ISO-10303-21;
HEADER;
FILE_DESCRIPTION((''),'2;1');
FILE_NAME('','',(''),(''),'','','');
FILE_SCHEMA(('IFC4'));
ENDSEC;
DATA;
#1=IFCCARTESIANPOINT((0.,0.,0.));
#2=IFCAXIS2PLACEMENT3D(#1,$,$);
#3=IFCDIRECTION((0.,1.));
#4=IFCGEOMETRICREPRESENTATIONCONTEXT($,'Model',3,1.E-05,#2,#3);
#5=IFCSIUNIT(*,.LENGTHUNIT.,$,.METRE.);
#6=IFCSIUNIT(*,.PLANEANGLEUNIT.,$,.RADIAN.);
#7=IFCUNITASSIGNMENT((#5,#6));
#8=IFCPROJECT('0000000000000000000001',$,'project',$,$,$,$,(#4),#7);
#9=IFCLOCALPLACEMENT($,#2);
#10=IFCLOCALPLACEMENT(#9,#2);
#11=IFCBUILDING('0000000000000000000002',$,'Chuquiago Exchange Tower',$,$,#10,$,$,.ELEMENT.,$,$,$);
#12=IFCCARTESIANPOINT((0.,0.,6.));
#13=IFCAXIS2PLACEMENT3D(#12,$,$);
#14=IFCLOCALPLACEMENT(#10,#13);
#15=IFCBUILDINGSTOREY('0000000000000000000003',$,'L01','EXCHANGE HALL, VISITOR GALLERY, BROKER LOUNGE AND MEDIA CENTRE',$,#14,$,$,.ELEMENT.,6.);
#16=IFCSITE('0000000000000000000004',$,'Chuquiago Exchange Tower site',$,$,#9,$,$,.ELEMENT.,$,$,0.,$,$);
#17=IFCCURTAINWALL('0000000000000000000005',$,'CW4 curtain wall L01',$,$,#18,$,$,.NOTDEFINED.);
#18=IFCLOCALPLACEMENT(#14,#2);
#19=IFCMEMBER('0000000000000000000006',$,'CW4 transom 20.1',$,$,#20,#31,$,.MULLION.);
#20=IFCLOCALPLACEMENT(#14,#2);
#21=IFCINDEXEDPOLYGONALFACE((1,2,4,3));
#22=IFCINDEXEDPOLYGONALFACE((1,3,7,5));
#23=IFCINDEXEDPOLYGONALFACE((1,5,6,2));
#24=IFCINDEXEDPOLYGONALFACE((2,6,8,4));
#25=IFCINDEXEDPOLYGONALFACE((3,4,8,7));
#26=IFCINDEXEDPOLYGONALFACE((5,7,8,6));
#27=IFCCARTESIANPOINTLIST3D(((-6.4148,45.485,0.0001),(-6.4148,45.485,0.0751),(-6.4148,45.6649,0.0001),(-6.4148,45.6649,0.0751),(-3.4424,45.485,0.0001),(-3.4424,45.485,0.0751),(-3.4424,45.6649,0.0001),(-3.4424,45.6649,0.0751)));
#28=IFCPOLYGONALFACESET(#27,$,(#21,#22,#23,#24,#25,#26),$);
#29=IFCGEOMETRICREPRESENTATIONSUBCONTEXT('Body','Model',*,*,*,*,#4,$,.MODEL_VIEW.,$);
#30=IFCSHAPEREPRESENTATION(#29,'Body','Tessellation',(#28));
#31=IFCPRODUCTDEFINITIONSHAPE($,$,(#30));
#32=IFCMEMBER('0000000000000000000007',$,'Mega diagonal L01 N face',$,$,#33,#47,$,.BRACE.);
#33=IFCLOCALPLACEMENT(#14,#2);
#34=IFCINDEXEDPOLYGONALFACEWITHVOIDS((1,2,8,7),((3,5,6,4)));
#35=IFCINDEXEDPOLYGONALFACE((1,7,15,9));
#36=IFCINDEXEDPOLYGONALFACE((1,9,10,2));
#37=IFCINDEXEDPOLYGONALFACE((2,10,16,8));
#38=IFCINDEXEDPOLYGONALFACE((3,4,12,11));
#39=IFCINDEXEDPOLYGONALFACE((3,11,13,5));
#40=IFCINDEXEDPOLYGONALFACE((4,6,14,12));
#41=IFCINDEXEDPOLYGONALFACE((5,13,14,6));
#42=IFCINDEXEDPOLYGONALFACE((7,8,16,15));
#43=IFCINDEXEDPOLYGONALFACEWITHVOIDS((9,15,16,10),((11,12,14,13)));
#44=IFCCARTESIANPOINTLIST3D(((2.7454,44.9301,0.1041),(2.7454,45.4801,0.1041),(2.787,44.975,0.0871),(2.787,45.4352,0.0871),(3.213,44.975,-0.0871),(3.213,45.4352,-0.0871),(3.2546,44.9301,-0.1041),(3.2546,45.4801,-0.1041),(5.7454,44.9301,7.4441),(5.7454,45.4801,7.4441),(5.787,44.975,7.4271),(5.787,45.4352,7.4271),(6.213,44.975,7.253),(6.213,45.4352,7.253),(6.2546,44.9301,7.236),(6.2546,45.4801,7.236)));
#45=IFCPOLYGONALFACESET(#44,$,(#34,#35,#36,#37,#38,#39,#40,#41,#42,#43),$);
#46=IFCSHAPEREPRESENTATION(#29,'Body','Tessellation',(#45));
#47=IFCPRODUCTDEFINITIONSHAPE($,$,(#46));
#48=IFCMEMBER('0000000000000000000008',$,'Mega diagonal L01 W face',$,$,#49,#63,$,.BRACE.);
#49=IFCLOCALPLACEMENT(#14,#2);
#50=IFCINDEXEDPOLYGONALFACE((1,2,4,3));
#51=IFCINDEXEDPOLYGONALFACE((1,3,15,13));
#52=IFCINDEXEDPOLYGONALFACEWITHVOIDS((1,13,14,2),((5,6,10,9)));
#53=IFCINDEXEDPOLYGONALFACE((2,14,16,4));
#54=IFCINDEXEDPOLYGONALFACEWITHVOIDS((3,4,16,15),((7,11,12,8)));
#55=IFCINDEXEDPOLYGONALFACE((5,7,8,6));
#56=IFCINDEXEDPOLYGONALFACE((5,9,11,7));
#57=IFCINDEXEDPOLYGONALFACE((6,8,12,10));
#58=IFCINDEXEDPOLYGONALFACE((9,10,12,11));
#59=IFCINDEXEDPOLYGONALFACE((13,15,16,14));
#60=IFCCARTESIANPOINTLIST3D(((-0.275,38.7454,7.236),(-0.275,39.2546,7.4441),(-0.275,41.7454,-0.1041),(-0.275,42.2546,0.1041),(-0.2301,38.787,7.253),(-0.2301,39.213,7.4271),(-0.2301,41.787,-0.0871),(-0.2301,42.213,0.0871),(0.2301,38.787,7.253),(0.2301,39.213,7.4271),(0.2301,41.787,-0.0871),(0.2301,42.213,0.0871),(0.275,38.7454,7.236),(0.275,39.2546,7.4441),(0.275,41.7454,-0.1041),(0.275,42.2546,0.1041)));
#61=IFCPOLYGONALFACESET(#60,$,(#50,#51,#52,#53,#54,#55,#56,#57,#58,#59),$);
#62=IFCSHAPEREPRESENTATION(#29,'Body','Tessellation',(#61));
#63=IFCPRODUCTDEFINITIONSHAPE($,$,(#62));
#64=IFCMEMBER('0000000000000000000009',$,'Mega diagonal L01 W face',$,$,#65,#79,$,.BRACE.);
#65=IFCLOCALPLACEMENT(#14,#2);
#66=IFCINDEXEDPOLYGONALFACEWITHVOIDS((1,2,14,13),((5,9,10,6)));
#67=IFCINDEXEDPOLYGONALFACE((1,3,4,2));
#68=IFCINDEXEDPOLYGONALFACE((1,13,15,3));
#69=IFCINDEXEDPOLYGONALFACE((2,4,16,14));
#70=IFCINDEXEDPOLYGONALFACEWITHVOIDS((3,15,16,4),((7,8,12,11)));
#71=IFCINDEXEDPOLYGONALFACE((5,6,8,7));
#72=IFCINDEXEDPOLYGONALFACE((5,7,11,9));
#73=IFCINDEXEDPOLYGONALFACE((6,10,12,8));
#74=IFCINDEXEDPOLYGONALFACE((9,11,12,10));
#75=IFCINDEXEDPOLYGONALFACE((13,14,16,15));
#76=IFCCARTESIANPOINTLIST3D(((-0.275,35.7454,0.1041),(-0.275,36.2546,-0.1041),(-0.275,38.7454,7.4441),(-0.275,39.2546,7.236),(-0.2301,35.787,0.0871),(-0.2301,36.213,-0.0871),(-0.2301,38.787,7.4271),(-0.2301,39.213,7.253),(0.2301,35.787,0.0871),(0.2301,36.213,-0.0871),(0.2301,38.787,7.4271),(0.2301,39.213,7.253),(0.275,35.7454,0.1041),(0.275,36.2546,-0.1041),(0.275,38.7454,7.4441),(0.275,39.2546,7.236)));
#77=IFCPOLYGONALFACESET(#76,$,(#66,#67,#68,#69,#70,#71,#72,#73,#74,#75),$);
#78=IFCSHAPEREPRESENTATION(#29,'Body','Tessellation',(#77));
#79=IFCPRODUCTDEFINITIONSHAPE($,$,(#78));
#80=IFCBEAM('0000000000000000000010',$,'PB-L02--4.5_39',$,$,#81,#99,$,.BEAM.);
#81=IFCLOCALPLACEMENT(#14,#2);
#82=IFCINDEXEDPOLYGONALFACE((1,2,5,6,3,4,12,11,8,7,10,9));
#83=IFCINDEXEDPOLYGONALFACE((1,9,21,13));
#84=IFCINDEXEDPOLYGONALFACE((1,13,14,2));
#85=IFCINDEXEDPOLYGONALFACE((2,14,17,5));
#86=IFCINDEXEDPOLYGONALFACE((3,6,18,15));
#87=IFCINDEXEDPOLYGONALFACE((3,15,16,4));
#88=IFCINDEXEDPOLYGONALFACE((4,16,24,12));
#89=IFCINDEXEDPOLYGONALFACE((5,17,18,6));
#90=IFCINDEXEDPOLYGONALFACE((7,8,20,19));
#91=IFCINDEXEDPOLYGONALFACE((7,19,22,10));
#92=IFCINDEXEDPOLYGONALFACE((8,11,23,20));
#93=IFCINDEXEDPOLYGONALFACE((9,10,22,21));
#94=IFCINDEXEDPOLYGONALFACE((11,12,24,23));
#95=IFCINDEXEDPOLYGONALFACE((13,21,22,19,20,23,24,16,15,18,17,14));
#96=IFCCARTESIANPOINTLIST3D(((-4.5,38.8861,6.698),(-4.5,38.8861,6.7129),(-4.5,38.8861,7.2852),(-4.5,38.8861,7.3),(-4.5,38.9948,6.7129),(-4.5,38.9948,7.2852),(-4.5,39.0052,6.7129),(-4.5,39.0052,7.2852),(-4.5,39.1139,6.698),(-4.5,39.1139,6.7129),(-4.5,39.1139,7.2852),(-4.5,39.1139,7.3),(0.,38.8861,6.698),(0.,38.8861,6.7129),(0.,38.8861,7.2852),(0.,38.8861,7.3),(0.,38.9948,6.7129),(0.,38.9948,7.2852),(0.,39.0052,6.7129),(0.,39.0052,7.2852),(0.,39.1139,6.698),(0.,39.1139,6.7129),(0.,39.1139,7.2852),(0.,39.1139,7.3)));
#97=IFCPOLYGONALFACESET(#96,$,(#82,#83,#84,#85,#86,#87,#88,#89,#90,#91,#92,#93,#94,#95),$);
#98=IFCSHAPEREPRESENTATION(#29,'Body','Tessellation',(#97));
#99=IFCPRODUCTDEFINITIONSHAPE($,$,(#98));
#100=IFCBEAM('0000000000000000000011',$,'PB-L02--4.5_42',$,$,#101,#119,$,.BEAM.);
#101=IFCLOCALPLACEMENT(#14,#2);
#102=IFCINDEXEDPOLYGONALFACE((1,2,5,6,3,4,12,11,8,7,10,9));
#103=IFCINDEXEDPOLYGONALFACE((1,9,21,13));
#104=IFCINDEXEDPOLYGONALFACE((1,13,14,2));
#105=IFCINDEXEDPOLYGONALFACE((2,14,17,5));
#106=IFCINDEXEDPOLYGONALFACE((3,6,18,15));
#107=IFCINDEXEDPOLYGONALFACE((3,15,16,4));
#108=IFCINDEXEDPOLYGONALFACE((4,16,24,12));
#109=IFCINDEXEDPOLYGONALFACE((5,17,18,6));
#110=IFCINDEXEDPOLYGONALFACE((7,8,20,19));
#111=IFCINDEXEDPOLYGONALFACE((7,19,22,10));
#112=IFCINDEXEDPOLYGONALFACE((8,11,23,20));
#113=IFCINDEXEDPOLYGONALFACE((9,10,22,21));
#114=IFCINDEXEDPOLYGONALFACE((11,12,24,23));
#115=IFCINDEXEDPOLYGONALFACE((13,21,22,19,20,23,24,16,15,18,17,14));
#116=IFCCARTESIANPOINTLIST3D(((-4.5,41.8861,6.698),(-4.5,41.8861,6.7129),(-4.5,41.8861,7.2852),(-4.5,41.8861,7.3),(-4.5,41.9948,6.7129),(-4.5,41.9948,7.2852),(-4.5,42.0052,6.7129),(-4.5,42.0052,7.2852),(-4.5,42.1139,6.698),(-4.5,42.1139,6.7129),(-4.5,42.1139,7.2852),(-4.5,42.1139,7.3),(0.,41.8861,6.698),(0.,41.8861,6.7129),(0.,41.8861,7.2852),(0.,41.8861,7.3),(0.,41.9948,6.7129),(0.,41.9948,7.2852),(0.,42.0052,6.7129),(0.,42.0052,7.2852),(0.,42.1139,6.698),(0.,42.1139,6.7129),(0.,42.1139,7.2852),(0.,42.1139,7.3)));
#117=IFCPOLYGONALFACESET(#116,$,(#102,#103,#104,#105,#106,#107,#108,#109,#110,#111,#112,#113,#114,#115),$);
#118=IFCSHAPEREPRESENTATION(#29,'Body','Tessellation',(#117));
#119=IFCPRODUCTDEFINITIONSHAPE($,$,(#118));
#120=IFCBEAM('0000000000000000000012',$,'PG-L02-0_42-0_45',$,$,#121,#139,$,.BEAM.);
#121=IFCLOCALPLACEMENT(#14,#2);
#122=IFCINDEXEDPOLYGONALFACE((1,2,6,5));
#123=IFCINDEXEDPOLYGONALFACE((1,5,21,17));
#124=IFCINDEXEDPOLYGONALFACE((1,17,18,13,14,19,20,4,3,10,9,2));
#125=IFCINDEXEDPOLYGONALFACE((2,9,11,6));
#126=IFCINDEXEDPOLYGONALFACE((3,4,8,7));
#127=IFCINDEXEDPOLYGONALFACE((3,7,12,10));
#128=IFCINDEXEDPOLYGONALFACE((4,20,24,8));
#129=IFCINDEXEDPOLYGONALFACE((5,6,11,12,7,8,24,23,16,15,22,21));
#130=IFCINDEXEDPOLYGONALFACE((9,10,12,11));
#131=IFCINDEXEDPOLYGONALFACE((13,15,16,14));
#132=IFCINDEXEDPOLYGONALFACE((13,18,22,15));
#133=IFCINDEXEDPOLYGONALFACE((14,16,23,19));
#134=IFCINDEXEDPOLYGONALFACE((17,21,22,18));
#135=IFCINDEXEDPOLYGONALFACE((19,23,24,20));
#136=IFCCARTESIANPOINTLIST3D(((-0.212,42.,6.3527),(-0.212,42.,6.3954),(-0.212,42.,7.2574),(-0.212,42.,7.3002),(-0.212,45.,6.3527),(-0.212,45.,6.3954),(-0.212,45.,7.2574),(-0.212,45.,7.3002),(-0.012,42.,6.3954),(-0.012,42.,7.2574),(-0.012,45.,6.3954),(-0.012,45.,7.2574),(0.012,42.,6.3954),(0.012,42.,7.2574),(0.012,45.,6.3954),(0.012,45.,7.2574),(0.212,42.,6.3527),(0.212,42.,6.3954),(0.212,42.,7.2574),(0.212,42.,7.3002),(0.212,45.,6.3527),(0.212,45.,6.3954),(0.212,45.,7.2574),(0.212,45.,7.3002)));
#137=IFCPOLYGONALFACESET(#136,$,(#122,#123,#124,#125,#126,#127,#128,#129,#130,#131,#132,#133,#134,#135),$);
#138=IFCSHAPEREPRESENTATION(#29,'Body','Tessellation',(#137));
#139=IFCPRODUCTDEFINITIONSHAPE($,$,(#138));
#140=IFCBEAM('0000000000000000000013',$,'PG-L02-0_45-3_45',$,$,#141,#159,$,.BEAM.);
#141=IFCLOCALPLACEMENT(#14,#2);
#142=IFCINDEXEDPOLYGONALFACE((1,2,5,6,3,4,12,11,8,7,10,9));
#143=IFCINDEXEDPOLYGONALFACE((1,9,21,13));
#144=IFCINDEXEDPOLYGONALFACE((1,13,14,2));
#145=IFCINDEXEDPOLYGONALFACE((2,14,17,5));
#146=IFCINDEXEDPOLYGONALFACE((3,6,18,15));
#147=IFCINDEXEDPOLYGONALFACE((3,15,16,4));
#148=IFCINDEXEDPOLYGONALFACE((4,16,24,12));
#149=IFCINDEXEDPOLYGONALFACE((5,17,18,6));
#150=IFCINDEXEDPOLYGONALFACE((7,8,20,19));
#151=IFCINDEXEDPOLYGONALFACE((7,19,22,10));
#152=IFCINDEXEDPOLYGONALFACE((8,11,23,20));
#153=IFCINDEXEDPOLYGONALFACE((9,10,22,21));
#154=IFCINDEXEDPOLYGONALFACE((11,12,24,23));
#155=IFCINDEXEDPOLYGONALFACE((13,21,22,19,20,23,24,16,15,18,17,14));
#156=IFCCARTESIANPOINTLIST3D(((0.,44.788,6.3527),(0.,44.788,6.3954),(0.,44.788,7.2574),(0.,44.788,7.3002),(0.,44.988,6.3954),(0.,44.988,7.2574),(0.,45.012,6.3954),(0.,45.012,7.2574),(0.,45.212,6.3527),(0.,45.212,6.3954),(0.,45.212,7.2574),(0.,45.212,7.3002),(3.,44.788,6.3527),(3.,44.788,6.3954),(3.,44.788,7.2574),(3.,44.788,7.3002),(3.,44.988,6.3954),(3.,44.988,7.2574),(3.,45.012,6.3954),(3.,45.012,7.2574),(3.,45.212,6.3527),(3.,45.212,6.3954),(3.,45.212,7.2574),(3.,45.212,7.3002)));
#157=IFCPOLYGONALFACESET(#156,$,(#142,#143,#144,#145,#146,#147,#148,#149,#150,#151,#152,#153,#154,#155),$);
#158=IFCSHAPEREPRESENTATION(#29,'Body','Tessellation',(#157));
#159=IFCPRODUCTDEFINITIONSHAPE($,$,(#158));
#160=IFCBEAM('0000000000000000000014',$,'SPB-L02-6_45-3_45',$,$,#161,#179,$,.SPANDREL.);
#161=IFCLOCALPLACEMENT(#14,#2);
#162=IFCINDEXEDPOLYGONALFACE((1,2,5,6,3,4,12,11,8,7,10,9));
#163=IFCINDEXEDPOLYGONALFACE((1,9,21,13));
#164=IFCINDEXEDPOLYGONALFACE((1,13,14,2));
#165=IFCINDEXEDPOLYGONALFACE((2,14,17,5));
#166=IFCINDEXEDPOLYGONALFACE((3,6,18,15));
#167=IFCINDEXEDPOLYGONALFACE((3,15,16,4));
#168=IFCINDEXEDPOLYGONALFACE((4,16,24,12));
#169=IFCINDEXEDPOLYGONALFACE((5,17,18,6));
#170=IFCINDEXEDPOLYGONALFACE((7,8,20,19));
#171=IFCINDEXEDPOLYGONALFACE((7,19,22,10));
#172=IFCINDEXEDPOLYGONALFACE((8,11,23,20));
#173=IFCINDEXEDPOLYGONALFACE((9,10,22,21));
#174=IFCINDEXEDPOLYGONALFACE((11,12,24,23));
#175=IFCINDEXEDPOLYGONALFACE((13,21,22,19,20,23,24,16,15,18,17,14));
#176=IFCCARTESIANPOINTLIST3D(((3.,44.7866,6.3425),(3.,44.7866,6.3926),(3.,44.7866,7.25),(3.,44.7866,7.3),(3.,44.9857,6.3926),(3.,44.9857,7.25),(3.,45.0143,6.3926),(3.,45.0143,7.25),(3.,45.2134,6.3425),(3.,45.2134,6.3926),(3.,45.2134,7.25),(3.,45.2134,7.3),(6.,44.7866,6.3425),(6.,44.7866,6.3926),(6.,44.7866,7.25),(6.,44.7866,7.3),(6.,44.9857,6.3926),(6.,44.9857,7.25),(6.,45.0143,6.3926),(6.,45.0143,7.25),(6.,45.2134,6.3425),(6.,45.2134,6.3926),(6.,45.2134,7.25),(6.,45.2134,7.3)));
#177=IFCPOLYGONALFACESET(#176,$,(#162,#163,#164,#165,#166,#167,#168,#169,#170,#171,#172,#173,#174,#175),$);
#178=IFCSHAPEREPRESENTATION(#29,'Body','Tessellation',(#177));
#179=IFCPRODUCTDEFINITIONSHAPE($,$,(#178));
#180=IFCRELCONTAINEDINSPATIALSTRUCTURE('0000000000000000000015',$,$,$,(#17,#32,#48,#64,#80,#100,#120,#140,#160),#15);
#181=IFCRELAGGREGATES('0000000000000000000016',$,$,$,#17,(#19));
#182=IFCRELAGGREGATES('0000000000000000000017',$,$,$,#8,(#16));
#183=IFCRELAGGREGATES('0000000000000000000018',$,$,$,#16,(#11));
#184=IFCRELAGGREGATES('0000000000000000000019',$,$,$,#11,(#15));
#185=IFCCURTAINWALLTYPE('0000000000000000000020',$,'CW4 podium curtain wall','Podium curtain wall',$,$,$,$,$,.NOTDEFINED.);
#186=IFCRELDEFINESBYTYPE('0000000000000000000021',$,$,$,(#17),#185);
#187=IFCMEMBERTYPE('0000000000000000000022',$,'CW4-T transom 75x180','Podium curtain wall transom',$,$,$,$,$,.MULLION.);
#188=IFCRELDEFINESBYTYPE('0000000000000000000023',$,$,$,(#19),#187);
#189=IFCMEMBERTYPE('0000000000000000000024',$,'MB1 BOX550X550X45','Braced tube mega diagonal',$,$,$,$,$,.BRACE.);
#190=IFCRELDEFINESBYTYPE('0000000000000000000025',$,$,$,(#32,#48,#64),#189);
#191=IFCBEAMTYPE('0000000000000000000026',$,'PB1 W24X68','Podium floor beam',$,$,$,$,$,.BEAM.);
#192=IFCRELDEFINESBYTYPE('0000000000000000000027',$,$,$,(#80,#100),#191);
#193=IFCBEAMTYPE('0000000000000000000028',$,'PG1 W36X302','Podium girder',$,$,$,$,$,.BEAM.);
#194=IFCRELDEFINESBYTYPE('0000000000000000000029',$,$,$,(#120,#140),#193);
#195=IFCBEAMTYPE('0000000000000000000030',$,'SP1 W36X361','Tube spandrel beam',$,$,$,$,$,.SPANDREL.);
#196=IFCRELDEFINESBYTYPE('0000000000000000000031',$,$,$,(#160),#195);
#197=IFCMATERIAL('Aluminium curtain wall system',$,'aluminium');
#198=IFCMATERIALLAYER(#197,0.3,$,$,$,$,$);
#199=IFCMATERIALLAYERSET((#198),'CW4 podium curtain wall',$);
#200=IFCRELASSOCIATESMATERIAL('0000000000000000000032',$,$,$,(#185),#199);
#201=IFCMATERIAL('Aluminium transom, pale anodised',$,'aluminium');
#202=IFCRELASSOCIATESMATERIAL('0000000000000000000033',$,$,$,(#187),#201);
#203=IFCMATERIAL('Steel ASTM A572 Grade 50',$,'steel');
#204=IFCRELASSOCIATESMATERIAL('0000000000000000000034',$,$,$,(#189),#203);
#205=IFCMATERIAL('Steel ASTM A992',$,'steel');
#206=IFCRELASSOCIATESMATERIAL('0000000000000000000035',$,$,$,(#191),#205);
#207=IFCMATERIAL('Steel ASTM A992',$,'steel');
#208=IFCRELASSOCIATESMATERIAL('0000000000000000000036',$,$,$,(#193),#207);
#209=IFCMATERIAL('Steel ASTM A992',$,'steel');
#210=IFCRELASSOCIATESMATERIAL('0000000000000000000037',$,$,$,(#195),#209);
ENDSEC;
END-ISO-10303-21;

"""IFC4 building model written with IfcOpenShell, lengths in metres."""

from ifc_helpers import new_model, si_unit, direction, frame, origin, origin_2d, place, context, subcontext, project, spatial, rectangle, hollow_rectangle, i_section, extrude, material, layer, layer_set, material_profile, profile_set, type_object, element, aggregate, save


model = new_model("IFC4")

# Units and contexts
model_context = context("Model", 3, precision=1e-05, world=origin(), true_north=direction((0.0, 1.0)))
body_context = subcontext(model_context, "Body", "Model", "MODEL_VIEW")
ifc_project = project(units=[si_unit("LENGTHUNIT", "METRE"), si_unit("PLANEANGLEUNIT", "RADIAN")], contexts=[model_context])

# Site, building, storey
site_placement = place(None, origin())
site = spatial("IfcSite", under=ifc_project, at=site_placement, Name="Chuquiago Exchange Tower site", CompositionType="ELEMENT", RefElevation=0.0)
building_placement = place(site_placement, origin())
building = spatial("IfcBuilding", under=site, at=building_placement, Name="Chuquiago Exchange Tower", CompositionType="ELEMENT")
storey_placement = place(building_placement, frame((0.0, 0.0, 6.0)))
storey = spatial("IfcBuildingStorey", under=building, at=storey_placement, Name="L01", Description="EXCHANGE HALL, VISITOR GALLERY, BROKER LOUNGE AND MEDIA CENTRE", CompositionType="ELEMENT", Elevation=6.0)

# Curtain wall, member
ifc_material_1 = material(Name="Aluminium curtain wall system", Category="aluminium")
ifc_layer_1 = layer(ifc_material_1, 0.3)
ifc_layer_set_1 = layer_set([ifc_layer_1], Name="CW4 podium curtain wall")
curtain_wall_type = type_object("IfcCurtainWallType", Name="CW4 podium curtain wall", Description="Podium curtain wall", PredefinedType="NOTDEFINED", material=ifc_layer_set_1)
curtain_wall_placement = place(storey_placement, origin())
curtain_wall = element("IfcCurtainWall", 1, at=curtain_wall_placement, inside=storey, type_object=curtain_wall_type, Name="CW4 curtain wall L01", PredefinedType="NOTDEFINED")
ifc_material_2 = material(Name="Aluminium transom, pale anodised", Category="aluminium")
ifc_material_profile_1 = material_profile(ifc_material_2, rectangle(XDim=0.1799, YDim=0.075, at=origin_2d()), Name="AL 180x75")
ifc_profile_set_1 = profile_set([ifc_material_profile_1], Name="Aluminium transom, pale anodised")
member_type_1 = type_object("IfcMemberType", Name="CW4-T transom 75x180", Description="Podium curtain wall transom", PredefinedType="MULLION", material=ifc_profile_set_1)
member_1_placement = place(storey_placement, frame((-3.4424, 45.575, 0.0376), z_axis=(-1.0, 0.0, 0.0), x_axis=(0.0, -1.0, 0.0)))
member_1 = element("IfcMember", 2, at=member_1_placement, type_object=member_type_1, Name="CW4 transom 20.1", PredefinedType="MULLION", context=body_context, shape_type="SweptSolid", body=[
    extrude(rectangle(XDim=0.1799, YDim=0.075, at=origin_2d()), origin(), (0.0, 0.0, 1.0), 2.9724),
])

# Members
ifc_material_3 = material(Name="Steel ASTM A572 Grade 50", Category="steel")
ifc_material_profile_2 = material_profile(ifc_material_3, hollow_rectangle(XDim=0.55, YDim=0.55, WallThickness=0.0449, at=origin_2d()), Name="BOX550X550X45")
ifc_profile_set_2 = profile_set([ifc_material_profile_2], Name="Steel ASTM A572 Grade 50")
member_type_2 = type_object("IfcMemberType", Name="MB1 BOX550X550X45", Description="Braced tube mega diagonal", PredefinedType="BRACE", material=ifc_profile_set_2)
for number, where, z_axis, x_axis, name in (
    (3, (3.0, 45.2051, 0.0), (0.378334, 0.0, 0.925669), (0.0, 1.0, 0.0), "Mega diagonal L01 N face"),
    (4, (0.0, 42.0, 0.0), (0.0, -0.378334, 0.925669), (1.0, 0.0, 0.0), "Mega diagonal L01 W face"),
    (5, (0.0, 36.0, 0.0), (0.0, 0.378334, 0.925669), (-1.0, 0.0, 0.0), "Mega diagonal L01 W face"),
):
    element("IfcMember", number, at=place(storey_placement, frame(where, z_axis=z_axis, x_axis=x_axis)), inside=storey, type_object=member_type_2, Name=name, PredefinedType="BRACE", context=body_context, shape_type="SweptSolid", body=[
        extrude(hollow_rectangle(XDim=0.55, YDim=0.55, WallThickness=0.0449, at=origin_2d()), origin(), (0.0, 0.0, 1.0), 7.9294),
    ])

# Beams
ifc_material_4 = material(Name="Steel ASTM A992", Category="steel")
ifc_material_profile_3 = material_profile(ifc_material_4, i_section(OverallWidth=0.2278, OverallDepth=0.6021, WebThickness=0.0105, FlangeThickness=0.0149, at=origin_2d()), Name="W24X68")
ifc_profile_set_3 = profile_set([ifc_material_profile_3], Name="Steel ASTM A992")
beam_type_1 = type_object("IfcBeamType", Name="PB1 W24X68", Description="Podium floor beam", PredefinedType="BEAM", material=ifc_profile_set_3)
for number, where, z_axis, x_axis, name in (
    (6, (-4.5, 39.0, 6.999), (1.0, 0.0, 0.0), (0.0, 1.0, 0.0), "PB-L02--4.5_39"),
    (7, (-4.5, 42.0, 6.999), (1.0, 0.0, 0.0), (0.0, 1.0, 0.0), "PB-L02--4.5_42"),
):
    element("IfcBeam", number, at=place(storey_placement, frame(where, z_axis=z_axis, x_axis=x_axis)), inside=storey, type_object=beam_type_1, Name=name, PredefinedType="BEAM", context=body_context, shape_type="SweptSolid", body=[
        extrude(i_section(OverallWidth=0.2278, OverallDepth=0.6021, WebThickness=0.0105, FlangeThickness=0.0149, at=origin_2d()), origin(), (0.0, 0.0, 1.0), 4.5),
    ])
ifc_material_5 = material(Name="Steel ASTM A992", Category="steel")
ifc_material_profile_4 = material_profile(ifc_material_5, i_section(OverallWidth=0.4241, OverallDepth=0.9475, WebThickness=0.0239, FlangeThickness=0.0427, at=origin_2d()), Name="W36X302")
ifc_profile_set_4 = profile_set([ifc_material_profile_4], Name="Steel ASTM A992")
beam_type_2 = type_object("IfcBeamType", Name="PG1 W36X302", Description="Podium girder", PredefinedType="BEAM", material=ifc_profile_set_4)
for number, where, z_axis, x_axis, name in (
    (8, (0.0, 42.0, 6.8264), (0.0, 1.0, 0.0), (-1.0, 0.0, 0.0), "PG-L02-0_42-0_45"),
    (9, (0.0, 45.0, 6.8264), (1.0, 0.0, 0.0), (0.0, 1.0, 0.0), "PG-L02-0_45-3_45"),
):
    element("IfcBeam", number, at=place(storey_placement, frame(where, z_axis=z_axis, x_axis=x_axis)), inside=storey, type_object=beam_type_2, Name=name, PredefinedType="BEAM", context=body_context, shape_type="SweptSolid", body=[
        extrude(i_section(OverallWidth=0.4241, OverallDepth=0.9475, WebThickness=0.0239, FlangeThickness=0.0427, at=origin_2d()), origin(), (0.0, 0.0, 1.0), 3.0),
    ])
ifc_material_6 = material(Name="Steel ASTM A992", Category="steel")
ifc_material_profile_5 = material_profile(ifc_material_6, i_section(OverallWidth=0.4268, OverallDepth=0.9575, WebThickness=0.0286, FlangeThickness=0.05, at=origin_2d()), Name="W36X361")
ifc_profile_set_5 = profile_set([ifc_material_profile_5], Name="Steel ASTM A992")
beam_type_3 = type_object("IfcBeamType", Name="SP1 W36X361", Description="Tube spandrel beam", PredefinedType="SPANDREL", material=ifc_profile_set_5)
beam_1_placement = place(storey_placement, frame((6.0, 45.0, 6.8213), z_axis=(-1.0, 0.0, 0.0), x_axis=(0.0, -1.0, 0.0)))
element("IfcBeam", 10, at=beam_1_placement, inside=storey, type_object=beam_type_3, Name="SPB-L02-6_45-3_45", PredefinedType="SPANDREL", context=body_context, shape_type="SweptSolid", body=[
    extrude(i_section(OverallWidth=0.4268, OverallDepth=0.9575, WebThickness=0.0286, FlangeThickness=0.05, at=origin_2d()), origin(), (0.0, 0.0, 1.0), 3.0),
])

aggregate(curtain_wall, [member_1])

save(model, "model.ifc")
